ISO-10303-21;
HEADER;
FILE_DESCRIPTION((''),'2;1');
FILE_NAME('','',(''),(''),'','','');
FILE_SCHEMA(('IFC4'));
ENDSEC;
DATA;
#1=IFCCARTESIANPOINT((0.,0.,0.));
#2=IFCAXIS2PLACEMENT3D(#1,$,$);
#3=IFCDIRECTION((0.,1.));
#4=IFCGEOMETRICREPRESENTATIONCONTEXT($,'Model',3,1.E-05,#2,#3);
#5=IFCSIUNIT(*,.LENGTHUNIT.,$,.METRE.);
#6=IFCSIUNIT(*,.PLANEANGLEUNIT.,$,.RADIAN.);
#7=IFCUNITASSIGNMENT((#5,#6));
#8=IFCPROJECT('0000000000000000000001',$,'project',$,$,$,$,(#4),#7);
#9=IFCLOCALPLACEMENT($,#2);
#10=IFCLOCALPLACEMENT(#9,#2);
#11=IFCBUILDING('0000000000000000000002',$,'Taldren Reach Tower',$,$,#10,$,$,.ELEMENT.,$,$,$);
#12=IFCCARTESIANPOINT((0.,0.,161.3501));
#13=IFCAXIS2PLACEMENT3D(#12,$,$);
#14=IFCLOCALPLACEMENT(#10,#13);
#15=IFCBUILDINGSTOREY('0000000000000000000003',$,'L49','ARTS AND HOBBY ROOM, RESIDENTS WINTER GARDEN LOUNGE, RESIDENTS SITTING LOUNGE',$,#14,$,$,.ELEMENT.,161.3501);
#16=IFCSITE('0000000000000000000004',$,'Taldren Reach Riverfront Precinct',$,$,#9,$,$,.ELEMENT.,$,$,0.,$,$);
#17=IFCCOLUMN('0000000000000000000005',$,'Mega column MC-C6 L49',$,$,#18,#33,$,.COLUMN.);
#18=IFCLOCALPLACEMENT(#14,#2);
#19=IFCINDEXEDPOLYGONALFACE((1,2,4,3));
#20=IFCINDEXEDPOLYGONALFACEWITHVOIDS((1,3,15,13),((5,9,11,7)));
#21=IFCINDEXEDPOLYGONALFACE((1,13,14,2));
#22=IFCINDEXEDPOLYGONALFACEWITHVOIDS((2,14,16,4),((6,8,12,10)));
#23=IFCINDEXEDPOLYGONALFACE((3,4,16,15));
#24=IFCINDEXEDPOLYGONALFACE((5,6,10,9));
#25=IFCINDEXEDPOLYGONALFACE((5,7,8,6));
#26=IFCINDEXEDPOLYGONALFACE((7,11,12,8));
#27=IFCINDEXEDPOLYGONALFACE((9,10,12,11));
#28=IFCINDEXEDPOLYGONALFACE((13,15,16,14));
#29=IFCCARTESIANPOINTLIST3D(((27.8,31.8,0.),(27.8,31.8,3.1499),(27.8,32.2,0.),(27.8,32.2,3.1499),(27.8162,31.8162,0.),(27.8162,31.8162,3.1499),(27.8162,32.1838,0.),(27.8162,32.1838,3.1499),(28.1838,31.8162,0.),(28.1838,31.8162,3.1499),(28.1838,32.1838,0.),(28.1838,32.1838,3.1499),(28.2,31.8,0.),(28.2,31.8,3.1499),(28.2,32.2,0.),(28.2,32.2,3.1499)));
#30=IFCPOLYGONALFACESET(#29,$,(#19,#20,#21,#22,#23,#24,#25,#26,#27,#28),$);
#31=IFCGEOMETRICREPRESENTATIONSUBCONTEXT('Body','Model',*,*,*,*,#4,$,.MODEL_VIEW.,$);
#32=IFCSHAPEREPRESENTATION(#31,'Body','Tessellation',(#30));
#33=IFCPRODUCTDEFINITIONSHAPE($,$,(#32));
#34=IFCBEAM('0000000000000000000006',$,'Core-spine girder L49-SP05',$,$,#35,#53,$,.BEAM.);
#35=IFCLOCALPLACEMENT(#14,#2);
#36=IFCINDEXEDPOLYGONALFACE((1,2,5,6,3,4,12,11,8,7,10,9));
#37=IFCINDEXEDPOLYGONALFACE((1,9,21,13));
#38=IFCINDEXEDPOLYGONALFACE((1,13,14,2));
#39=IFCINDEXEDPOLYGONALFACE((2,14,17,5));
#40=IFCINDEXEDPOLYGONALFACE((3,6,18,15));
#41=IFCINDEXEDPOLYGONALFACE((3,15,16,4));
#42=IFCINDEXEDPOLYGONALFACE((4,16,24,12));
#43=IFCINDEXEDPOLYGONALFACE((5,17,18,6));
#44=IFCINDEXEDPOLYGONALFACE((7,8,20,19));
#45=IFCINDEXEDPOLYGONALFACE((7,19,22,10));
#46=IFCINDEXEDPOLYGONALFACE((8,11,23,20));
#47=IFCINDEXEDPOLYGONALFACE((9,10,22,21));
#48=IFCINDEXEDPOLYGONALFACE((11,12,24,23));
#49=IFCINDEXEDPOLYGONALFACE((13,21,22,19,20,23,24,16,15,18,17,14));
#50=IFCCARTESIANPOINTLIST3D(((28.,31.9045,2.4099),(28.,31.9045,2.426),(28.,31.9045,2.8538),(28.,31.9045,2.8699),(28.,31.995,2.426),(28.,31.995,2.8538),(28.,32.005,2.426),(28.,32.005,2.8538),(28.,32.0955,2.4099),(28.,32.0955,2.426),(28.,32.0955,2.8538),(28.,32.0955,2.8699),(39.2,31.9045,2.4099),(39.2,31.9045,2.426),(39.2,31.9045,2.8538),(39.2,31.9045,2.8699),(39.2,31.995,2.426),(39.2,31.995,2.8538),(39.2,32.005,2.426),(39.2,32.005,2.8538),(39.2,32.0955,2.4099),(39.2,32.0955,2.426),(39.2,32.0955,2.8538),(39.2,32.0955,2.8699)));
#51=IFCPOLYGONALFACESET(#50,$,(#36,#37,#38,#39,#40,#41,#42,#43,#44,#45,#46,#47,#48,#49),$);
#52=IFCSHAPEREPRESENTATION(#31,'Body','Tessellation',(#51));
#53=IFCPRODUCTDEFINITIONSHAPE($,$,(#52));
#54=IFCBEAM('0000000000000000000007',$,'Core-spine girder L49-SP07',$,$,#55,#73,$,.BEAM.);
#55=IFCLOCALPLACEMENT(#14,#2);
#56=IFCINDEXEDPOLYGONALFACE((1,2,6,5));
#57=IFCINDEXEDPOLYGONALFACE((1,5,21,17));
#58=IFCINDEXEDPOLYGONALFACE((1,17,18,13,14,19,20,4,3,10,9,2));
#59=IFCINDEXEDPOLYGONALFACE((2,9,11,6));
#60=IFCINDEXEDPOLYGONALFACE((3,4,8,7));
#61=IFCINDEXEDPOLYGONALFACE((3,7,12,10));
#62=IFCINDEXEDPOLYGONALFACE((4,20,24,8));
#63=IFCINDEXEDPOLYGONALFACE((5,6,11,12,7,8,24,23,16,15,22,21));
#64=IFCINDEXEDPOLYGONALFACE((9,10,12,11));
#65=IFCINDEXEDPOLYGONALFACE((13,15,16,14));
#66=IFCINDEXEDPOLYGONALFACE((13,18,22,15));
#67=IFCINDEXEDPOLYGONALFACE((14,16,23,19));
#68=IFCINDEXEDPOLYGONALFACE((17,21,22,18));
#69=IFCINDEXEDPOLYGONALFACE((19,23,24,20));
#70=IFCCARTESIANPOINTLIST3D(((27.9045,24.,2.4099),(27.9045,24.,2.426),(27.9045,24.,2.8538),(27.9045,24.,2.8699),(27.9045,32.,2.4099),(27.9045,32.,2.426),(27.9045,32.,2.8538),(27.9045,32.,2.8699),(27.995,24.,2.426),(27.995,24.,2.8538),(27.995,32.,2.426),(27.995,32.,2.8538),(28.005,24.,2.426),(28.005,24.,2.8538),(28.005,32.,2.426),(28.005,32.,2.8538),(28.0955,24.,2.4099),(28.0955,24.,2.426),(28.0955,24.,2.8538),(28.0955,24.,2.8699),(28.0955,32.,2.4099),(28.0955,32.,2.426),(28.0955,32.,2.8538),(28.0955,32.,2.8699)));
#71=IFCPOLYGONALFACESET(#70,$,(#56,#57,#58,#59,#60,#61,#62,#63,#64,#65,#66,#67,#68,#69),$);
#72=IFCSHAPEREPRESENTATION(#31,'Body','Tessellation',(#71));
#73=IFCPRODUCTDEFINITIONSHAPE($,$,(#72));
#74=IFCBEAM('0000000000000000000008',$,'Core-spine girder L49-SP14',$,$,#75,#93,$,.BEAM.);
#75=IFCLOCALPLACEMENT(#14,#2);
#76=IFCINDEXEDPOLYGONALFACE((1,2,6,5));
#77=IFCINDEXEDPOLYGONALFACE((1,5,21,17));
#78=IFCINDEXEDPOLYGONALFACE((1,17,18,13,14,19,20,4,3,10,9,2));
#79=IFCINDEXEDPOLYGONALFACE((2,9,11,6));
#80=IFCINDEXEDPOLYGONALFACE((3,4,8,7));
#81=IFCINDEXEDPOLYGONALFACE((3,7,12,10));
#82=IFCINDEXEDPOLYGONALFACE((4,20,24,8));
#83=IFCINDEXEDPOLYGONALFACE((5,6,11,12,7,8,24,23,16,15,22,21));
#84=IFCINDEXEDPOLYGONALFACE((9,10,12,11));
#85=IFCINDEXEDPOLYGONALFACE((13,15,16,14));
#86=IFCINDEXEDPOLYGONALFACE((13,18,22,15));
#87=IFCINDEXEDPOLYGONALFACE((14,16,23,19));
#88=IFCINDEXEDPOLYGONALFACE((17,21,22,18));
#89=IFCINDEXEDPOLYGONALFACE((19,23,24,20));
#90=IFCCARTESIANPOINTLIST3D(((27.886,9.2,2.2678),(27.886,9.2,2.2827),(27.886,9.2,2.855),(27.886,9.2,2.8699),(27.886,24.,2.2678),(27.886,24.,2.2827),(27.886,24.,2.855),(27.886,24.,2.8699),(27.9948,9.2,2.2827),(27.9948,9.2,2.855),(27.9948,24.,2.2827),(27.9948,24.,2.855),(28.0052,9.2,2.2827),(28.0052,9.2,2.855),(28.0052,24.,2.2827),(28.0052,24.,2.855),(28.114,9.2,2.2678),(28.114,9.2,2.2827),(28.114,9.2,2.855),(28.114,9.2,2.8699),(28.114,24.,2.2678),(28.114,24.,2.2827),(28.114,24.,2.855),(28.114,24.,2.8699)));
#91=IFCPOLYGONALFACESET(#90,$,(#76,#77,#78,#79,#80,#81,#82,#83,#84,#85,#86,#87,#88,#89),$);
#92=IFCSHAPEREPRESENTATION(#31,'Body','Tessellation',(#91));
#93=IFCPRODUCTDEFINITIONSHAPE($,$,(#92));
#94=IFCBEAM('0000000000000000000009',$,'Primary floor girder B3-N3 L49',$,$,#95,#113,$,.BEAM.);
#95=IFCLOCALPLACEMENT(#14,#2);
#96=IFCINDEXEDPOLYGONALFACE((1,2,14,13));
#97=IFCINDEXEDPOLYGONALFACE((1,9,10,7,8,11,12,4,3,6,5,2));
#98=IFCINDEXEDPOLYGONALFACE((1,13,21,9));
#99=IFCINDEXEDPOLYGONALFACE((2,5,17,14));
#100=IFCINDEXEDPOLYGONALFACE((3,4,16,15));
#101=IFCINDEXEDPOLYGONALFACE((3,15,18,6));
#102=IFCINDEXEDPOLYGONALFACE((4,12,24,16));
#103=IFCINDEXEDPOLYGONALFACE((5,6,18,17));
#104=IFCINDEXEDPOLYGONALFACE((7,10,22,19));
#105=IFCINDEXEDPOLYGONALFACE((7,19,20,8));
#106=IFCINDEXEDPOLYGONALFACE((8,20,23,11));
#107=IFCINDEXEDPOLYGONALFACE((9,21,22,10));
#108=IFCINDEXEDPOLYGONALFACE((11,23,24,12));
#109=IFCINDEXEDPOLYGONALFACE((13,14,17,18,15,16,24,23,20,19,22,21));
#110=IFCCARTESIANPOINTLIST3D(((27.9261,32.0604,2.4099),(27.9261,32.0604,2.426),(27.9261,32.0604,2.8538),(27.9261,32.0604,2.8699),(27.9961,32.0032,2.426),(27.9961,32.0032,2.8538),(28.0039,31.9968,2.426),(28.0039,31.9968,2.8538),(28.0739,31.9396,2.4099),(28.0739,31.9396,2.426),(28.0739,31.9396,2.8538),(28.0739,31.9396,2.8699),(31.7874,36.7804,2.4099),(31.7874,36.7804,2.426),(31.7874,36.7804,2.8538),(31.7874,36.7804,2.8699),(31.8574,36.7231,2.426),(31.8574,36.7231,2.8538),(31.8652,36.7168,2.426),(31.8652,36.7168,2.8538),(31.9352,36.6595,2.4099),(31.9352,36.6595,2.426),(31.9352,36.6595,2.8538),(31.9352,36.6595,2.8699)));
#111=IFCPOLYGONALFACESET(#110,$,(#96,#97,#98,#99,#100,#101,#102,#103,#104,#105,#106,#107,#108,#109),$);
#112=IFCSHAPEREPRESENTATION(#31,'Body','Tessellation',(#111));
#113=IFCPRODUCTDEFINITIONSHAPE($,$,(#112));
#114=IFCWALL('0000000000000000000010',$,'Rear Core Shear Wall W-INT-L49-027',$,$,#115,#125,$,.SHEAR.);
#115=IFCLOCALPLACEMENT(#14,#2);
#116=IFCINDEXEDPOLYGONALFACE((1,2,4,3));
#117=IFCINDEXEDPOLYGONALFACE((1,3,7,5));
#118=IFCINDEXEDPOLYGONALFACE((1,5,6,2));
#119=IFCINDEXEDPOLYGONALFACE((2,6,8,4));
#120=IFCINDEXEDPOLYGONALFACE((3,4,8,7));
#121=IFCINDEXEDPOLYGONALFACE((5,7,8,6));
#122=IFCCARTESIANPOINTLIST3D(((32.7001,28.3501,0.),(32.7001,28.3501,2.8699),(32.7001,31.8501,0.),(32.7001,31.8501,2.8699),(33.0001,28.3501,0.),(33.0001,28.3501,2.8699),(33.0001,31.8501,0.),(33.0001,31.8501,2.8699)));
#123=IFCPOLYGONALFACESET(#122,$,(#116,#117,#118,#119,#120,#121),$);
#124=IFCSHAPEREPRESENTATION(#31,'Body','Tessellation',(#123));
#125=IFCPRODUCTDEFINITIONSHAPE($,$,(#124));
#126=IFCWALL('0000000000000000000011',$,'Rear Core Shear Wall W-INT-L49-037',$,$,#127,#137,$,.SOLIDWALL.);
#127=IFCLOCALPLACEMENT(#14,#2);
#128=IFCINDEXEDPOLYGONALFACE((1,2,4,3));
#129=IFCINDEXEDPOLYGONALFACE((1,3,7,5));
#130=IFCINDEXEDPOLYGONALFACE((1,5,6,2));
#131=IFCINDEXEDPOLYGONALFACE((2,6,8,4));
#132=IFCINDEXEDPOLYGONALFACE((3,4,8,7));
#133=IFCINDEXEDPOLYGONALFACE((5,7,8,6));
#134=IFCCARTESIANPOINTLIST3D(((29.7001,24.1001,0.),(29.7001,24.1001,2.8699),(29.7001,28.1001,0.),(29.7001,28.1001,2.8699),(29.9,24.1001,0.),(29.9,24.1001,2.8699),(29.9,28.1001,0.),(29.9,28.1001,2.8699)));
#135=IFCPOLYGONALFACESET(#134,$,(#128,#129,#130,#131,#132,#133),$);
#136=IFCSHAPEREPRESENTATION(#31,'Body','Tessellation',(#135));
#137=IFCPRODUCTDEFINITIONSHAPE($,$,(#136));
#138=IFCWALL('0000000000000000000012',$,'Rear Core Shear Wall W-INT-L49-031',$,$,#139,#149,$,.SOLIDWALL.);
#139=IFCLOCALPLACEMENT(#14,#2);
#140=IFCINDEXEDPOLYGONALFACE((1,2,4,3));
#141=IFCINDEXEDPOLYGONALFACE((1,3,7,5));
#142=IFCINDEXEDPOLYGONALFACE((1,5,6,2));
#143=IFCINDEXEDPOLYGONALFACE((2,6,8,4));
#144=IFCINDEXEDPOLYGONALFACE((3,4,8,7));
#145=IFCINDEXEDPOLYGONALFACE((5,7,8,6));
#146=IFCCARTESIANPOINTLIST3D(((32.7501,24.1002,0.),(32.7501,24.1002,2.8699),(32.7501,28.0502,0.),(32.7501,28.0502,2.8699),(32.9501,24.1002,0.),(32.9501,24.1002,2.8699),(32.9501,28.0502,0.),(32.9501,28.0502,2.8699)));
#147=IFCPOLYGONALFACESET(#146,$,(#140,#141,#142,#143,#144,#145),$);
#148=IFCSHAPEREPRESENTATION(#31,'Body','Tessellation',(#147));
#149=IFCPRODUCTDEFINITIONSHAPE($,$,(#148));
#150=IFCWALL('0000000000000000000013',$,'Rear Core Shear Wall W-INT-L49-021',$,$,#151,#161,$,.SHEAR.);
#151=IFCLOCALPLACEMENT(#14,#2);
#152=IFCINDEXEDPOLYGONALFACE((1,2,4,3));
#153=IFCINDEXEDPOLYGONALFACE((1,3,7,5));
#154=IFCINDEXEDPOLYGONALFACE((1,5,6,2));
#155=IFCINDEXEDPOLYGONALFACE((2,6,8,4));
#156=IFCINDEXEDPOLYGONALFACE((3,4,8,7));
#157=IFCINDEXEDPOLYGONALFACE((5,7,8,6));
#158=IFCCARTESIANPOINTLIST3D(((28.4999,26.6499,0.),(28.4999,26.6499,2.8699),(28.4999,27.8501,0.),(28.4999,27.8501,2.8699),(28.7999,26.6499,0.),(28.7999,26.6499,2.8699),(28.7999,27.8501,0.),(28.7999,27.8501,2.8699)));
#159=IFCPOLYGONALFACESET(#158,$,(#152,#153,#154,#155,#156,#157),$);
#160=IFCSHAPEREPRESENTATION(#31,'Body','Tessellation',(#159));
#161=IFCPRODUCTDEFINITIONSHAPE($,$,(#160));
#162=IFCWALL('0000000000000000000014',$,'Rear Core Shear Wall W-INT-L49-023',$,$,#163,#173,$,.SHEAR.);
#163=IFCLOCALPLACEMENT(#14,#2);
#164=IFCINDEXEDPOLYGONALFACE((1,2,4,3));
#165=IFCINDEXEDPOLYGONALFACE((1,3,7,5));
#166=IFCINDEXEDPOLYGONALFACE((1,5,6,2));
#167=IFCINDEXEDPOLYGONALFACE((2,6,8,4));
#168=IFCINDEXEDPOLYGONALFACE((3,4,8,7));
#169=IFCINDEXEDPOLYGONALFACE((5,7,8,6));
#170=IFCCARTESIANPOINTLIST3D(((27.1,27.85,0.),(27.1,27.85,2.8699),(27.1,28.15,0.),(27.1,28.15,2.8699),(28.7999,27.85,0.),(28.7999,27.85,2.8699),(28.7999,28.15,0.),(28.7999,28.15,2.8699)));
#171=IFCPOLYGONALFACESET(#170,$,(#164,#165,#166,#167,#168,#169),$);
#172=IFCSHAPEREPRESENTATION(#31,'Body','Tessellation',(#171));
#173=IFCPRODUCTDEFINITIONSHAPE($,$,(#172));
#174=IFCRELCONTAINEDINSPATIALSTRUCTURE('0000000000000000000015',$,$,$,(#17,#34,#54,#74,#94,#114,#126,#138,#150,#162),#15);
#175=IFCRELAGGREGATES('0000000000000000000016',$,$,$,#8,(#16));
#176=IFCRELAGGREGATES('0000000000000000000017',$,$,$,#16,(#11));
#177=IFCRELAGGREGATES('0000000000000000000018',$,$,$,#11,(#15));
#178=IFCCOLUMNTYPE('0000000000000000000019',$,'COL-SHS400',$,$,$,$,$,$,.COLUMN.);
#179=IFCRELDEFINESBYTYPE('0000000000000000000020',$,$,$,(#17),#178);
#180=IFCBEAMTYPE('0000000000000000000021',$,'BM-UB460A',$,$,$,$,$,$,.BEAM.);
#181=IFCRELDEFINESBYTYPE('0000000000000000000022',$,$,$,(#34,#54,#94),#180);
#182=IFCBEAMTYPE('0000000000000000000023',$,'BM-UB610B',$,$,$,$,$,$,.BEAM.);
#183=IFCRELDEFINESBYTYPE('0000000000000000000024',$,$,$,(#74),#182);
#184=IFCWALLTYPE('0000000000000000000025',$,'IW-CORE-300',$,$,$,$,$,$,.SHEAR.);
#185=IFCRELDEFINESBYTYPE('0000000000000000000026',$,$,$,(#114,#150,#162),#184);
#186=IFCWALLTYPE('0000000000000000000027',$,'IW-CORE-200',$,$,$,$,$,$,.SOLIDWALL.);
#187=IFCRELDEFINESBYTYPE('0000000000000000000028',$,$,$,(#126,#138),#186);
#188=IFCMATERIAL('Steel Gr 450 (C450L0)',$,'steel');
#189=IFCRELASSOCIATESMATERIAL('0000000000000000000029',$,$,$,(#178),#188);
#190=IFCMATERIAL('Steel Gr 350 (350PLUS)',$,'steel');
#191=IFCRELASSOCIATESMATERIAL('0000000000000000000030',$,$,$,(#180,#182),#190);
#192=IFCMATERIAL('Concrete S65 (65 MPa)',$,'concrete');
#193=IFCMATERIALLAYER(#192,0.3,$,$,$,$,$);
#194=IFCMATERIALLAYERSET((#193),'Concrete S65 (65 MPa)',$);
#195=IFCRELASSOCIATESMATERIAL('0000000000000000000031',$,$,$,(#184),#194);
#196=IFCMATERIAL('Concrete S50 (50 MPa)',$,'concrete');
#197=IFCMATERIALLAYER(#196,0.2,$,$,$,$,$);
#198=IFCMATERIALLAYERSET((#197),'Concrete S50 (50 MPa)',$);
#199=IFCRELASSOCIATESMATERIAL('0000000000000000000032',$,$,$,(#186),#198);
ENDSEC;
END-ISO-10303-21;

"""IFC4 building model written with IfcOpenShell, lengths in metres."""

from ifc_helpers import new_model, si_unit, direction, frame, frame_2d, origin, origin_2d, place, context, subcontext, project, spatial, rectangle, hollow_rectangle, i_section, extrude, source, transform, mapped, material, layer, layer_set, material_profile, profile_set, type_object, element, save


model = new_model("IFC4")

# Units and contexts
model_context = context("Model", 3, precision=1e-05, world=origin(), true_north=direction((0.0, 1.0)))
body_context = subcontext(model_context, "Body", "Model", "MODEL_VIEW")
ifc_project = project(units=[si_unit("LENGTHUNIT", "METRE"), si_unit("PLANEANGLEUNIT", "RADIAN")], contexts=[model_context])

# Site, building, storey
site_placement = place(None, origin())
site = spatial("IfcSite", under=ifc_project, at=site_placement, Name="Taldren Reach Riverfront Precinct", CompositionType="ELEMENT", RefElevation=0.0)
building_placement = place(site_placement, origin())
building = spatial("IfcBuilding", under=site, at=building_placement, Name="Taldren Reach Tower", CompositionType="ELEMENT")
storey_placement = place(building_placement, frame((0.0, 0.0, 161.3501)))
storey = spatial("IfcBuildingStorey", under=building, at=storey_placement, Name="L49", Description="ARTS AND HOBBY ROOM, RESIDENTS WINTER GARDEN LOUNGE, RESIDENTS SITTING LOUNGE", CompositionType="ELEMENT", Elevation=161.3501)

# Column
ifc_material_1 = material(Name="Steel Gr 450 (C450L0)", Category="steel")
ifc_material_profile_1 = material_profile(ifc_material_1, hollow_rectangle(XDim=0.3999, YDim=0.3999, WallThickness=0.0161, at=origin_2d()), Name="400x400x16.0SHS")
ifc_profile_set_1 = profile_set([ifc_material_profile_1], Name="Steel Gr 450 (C450L0)")
column_type = type_object("IfcColumnType", Name="COL-SHS400", PredefinedType="COLUMN", material=ifc_profile_set_1)
shared_shape_1 = source(origin(), body_context, "Body", "SweptSolid", [
    extrude(hollow_rectangle(XDim=0.3999, YDim=0.3999, WallThickness=0.0161, at=origin_2d()), origin(), (0.0, 0.0, 1.0), 3.1499),
])
column_placement = place(storey_placement, frame((28.0, 32.0, 0.0), z_axis=(0.0, 0.0, 1.0), x_axis=(1.0, 0.0, 0.0)))
element("IfcColumn", 1, at=column_placement, inside=storey, type_object=column_type, Name="Mega column MC-C6 L49", PredefinedType="COLUMN", context=body_context, shape_type="MappedRepresentation", body=[
    mapped(shared_shape_1, transform((0.0, 0.0, 0.0), scale=1.0)),
])

# Beams
ifc_material_2 = material(Name="Steel Gr 350 (350PLUS)", Category="steel")
ifc_material_profile_2 = material_profile(ifc_material_2, i_section(OverallWidth=0.1909, OverallDepth=0.46, WebThickness=0.01, FlangeThickness=0.0161, at=origin_2d()), Name="460UB82.1")
ifc_profile_set_2 = profile_set([ifc_material_profile_2], Name="Steel Gr 350 (350PLUS)")
beam_type_1 = type_object("IfcBeamType", Name="BM-UB460A", PredefinedType="BEAM", material=ifc_profile_set_2)
shared_shape_2 = source(origin(), body_context, "Body", "SweptSolid", [
    extrude(i_section(OverallWidth=0.1909, OverallDepth=0.46, WebThickness=0.01, FlangeThickness=0.0161, at=origin_2d()), origin(), (0.0, 0.0, 1.0), 11.2),
])
beam_1_placement = place(storey_placement, frame((28.0, 32.0, 2.6399), z_axis=(1.0, 0.0, 0.0), x_axis=(0.0, 1.0, 0.0)))
element("IfcBeam", 2, at=beam_1_placement, inside=storey, type_object=beam_type_1, Name="Core-spine girder L49-SP05", PredefinedType="BEAM", context=body_context, shape_type="MappedRepresentation", body=[
    mapped(shared_shape_2, transform((0.0, 0.0, 0.0), scale=1.0)),
])
shared_shape_3 = source(origin(), body_context, "Body", "SweptSolid", [
    extrude(i_section(OverallWidth=0.1909, OverallDepth=0.46, WebThickness=0.01, FlangeThickness=0.0161, at=origin_2d()), origin(), (0.0, 0.0, 1.0), 8.0),
])
beam_2_placement = place(storey_placement, frame((28.0, 24.0, 2.6399), z_axis=(0.0, 1.0, 0.0), x_axis=(-1.0, 0.0, 0.0)))
element("IfcBeam", 3, at=beam_2_placement, inside=storey, type_object=beam_type_1, Name="Core-spine girder L49-SP07", PredefinedType="BEAM", context=body_context, shape_type="MappedRepresentation", body=[
    mapped(shared_shape_3, transform((0.0, 0.0, 0.0), scale=1.0)),
])
ifc_material_profile_3 = material_profile(ifc_material_2, i_section(OverallWidth=0.228, OverallDepth=0.6021, WebThickness=0.0105, FlangeThickness=0.0149, at=origin_2d()), Name="610UB101")
ifc_profile_set_3 = profile_set([ifc_material_profile_3], Name="Steel Gr 350 (350PLUS)")
beam_type_2 = type_object("IfcBeamType", Name="BM-UB610B", PredefinedType="BEAM", material=ifc_profile_set_3)
shared_shape_4 = source(origin(), body_context, "Body", "SweptSolid", [
    extrude(i_section(OverallWidth=0.228, OverallDepth=0.6021, WebThickness=0.0105, FlangeThickness=0.0149, at=origin_2d()), origin(), (0.0, 0.0, 1.0), 14.8),
])
beam_3_placement = place(storey_placement, frame((28.0, 24.0, 2.5688), z_axis=(0.0, -1.0, 0.0), x_axis=(1.0, 0.0, 0.0)))
element("IfcBeam", 4, at=beam_3_placement, inside=storey, type_object=beam_type_2, Name="Core-spine girder L49-SP14", PredefinedType="BEAM", context=body_context, shape_type="MappedRepresentation", body=[
    mapped(shared_shape_4, transform((0.0, 0.0, 0.0), scale=1.0)),
])
shared_shape_5 = source(origin(), body_context, "Body", "SweptSolid", [
    extrude(i_section(OverallWidth=0.1909, OverallDepth=0.46, WebThickness=0.01, FlangeThickness=0.0161, at=origin_2d()), origin(), (0.0, 0.0, 1.0), 6.0981),
])
beam_4_placement = place(storey_placement, frame((28.0, 32.0, 2.6399), z_axis=(0.633192, 0.773995, 0.0), x_axis=(-0.773995, 0.633192, 0.0)))
element("IfcBeam", 5, at=beam_4_placement, inside=storey, type_object=beam_type_1, Name="Primary floor girder B3-N3 L49", PredefinedType="BEAM", context=body_context, shape_type="MappedRepresentation", body=[
    mapped(shared_shape_5, transform((0.0, 0.0, 0.0), scale=1.0)),
])

# Walls
ifc_material_3 = material(Name="Concrete S65 (65 MPa)", Category="concrete")
ifc_layer_1 = layer(ifc_material_3, 0.3)
ifc_layer_set_1 = layer_set([ifc_layer_1], Name="Concrete S65 (65 MPa)")
wall_type_1 = type_object("IfcWallType", Name="IW-CORE-300", PredefinedType="SHEAR", material=ifc_layer_set_1)
shared_shape_6 = source(origin(), body_context, "Body", "SweptSolid", [
    extrude(rectangle(XDim=3.5, YDim=0.3, at=frame_2d((1.75, 0.0))), origin(), (0.0, 0.0, 1.0), 2.8699),
])
wall_1_placement = place(storey_placement, frame((32.8501, 31.8501, 0.0), z_axis=(0.0, 0.0, 1.0), x_axis=(0.0, -1.0, 0.0)))
element("IfcWall", 6, at=wall_1_placement, inside=storey, type_object=wall_type_1, Name="Rear Core Shear Wall W-INT-L49-027", PredefinedType="SHEAR", context=body_context, shape_type="MappedRepresentation", body=[
    mapped(shared_shape_6, transform((0.0, 0.0, 0.0), scale=1.0)),
])
ifc_material_4 = material(Name="Concrete S50 (50 MPa)", Category="concrete")
ifc_layer_2 = layer(ifc_material_4, 0.2)
ifc_layer_set_2 = layer_set([ifc_layer_2], Name="Concrete S50 (50 MPa)")
wall_type_2 = type_object("IfcWallType", Name="IW-CORE-200", PredefinedType="SOLIDWALL", material=ifc_layer_set_2)
shared_shape_7 = source(origin(), body_context, "Body", "SweptSolid", [
    extrude(rectangle(XDim=4.0, YDim=0.2, at=frame_2d((2.0, 0.0))), origin(), (0.0, 0.0, 1.0), 2.8699),
])
wall_2_placement = place(storey_placement, frame((29.8, 28.1001, 0.0), z_axis=(0.0, 0.0, 1.0), x_axis=(0.0, -1.0, 0.0)))
element("IfcWall", 7, at=wall_2_placement, inside=storey, type_object=wall_type_2, Name="Rear Core Shear Wall W-INT-L49-037", PredefinedType="SOLIDWALL", context=body_context, shape_type="MappedRepresentation", body=[
    mapped(shared_shape_7, transform((0.0, 0.0, 0.0), scale=1.0)),
])
shared_shape_8 = source(origin(), body_context, "Body", "SweptSolid", [
    extrude(rectangle(XDim=3.95, YDim=0.2, at=frame_2d((1.9751, 0.0))), origin(), (0.0, 0.0, 1.0), 2.8699),
])
wall_3_placement = place(storey_placement, frame((32.8501, 24.1001, 0.0), z_axis=(0.0, 0.0, 1.0), x_axis=(0.0, 1.0, 0.0)))
element("IfcWall", 8, at=wall_3_placement, inside=storey, type_object=wall_type_2, Name="Rear Core Shear Wall W-INT-L49-031", PredefinedType="SOLIDWALL", context=body_context, shape_type="MappedRepresentation", body=[
    mapped(shared_shape_8, transform((0.0, 0.0, 0.0), scale=1.0)),
])
shared_shape_9 = source(origin(), body_context, "Body", "SweptSolid", [
    extrude(rectangle(XDim=1.2002, YDim=0.3, at=frame_2d((0.6001, 0.0))), origin(), (0.0, 0.0, 1.0), 2.8699),
])
wall_4_placement = place(storey_placement, frame((28.6499, 26.6499, 0.0), z_axis=(0.0, 0.0, 1.0), x_axis=(0.0, 1.0, 0.0)))
element("IfcWall", 9, at=wall_4_placement, inside=storey, type_object=wall_type_1, Name="Rear Core Shear Wall W-INT-L49-021", PredefinedType="SHEAR", context=body_context, shape_type="MappedRepresentation", body=[
    mapped(shared_shape_9, transform((0.0, 0.0, 0.0), scale=1.0)),
])
shared_shape_10 = source(origin(), body_context, "Body", "SweptSolid", [
    extrude(rectangle(XDim=1.7, YDim=0.3, at=frame_2d((0.8501, 0.0))), origin(), (0.0, 0.0, 1.0), 2.8699),
])
wall_5_placement = place(storey_placement, frame((28.8, 28.0, 0.0), z_axis=(0.0, 0.0, 1.0), x_axis=(-1.0, 0.0, 0.0)))
element("IfcWall", 10, at=wall_5_placement, inside=storey, type_object=wall_type_1, Name="Rear Core Shear Wall W-INT-L49-023", PredefinedType="SHEAR", context=body_context, shape_type="MappedRepresentation", body=[
    mapped(shared_shape_10, transform((0.0, 0.0, 0.0), scale=1.0)),
])

save(model, "model.ifc")
